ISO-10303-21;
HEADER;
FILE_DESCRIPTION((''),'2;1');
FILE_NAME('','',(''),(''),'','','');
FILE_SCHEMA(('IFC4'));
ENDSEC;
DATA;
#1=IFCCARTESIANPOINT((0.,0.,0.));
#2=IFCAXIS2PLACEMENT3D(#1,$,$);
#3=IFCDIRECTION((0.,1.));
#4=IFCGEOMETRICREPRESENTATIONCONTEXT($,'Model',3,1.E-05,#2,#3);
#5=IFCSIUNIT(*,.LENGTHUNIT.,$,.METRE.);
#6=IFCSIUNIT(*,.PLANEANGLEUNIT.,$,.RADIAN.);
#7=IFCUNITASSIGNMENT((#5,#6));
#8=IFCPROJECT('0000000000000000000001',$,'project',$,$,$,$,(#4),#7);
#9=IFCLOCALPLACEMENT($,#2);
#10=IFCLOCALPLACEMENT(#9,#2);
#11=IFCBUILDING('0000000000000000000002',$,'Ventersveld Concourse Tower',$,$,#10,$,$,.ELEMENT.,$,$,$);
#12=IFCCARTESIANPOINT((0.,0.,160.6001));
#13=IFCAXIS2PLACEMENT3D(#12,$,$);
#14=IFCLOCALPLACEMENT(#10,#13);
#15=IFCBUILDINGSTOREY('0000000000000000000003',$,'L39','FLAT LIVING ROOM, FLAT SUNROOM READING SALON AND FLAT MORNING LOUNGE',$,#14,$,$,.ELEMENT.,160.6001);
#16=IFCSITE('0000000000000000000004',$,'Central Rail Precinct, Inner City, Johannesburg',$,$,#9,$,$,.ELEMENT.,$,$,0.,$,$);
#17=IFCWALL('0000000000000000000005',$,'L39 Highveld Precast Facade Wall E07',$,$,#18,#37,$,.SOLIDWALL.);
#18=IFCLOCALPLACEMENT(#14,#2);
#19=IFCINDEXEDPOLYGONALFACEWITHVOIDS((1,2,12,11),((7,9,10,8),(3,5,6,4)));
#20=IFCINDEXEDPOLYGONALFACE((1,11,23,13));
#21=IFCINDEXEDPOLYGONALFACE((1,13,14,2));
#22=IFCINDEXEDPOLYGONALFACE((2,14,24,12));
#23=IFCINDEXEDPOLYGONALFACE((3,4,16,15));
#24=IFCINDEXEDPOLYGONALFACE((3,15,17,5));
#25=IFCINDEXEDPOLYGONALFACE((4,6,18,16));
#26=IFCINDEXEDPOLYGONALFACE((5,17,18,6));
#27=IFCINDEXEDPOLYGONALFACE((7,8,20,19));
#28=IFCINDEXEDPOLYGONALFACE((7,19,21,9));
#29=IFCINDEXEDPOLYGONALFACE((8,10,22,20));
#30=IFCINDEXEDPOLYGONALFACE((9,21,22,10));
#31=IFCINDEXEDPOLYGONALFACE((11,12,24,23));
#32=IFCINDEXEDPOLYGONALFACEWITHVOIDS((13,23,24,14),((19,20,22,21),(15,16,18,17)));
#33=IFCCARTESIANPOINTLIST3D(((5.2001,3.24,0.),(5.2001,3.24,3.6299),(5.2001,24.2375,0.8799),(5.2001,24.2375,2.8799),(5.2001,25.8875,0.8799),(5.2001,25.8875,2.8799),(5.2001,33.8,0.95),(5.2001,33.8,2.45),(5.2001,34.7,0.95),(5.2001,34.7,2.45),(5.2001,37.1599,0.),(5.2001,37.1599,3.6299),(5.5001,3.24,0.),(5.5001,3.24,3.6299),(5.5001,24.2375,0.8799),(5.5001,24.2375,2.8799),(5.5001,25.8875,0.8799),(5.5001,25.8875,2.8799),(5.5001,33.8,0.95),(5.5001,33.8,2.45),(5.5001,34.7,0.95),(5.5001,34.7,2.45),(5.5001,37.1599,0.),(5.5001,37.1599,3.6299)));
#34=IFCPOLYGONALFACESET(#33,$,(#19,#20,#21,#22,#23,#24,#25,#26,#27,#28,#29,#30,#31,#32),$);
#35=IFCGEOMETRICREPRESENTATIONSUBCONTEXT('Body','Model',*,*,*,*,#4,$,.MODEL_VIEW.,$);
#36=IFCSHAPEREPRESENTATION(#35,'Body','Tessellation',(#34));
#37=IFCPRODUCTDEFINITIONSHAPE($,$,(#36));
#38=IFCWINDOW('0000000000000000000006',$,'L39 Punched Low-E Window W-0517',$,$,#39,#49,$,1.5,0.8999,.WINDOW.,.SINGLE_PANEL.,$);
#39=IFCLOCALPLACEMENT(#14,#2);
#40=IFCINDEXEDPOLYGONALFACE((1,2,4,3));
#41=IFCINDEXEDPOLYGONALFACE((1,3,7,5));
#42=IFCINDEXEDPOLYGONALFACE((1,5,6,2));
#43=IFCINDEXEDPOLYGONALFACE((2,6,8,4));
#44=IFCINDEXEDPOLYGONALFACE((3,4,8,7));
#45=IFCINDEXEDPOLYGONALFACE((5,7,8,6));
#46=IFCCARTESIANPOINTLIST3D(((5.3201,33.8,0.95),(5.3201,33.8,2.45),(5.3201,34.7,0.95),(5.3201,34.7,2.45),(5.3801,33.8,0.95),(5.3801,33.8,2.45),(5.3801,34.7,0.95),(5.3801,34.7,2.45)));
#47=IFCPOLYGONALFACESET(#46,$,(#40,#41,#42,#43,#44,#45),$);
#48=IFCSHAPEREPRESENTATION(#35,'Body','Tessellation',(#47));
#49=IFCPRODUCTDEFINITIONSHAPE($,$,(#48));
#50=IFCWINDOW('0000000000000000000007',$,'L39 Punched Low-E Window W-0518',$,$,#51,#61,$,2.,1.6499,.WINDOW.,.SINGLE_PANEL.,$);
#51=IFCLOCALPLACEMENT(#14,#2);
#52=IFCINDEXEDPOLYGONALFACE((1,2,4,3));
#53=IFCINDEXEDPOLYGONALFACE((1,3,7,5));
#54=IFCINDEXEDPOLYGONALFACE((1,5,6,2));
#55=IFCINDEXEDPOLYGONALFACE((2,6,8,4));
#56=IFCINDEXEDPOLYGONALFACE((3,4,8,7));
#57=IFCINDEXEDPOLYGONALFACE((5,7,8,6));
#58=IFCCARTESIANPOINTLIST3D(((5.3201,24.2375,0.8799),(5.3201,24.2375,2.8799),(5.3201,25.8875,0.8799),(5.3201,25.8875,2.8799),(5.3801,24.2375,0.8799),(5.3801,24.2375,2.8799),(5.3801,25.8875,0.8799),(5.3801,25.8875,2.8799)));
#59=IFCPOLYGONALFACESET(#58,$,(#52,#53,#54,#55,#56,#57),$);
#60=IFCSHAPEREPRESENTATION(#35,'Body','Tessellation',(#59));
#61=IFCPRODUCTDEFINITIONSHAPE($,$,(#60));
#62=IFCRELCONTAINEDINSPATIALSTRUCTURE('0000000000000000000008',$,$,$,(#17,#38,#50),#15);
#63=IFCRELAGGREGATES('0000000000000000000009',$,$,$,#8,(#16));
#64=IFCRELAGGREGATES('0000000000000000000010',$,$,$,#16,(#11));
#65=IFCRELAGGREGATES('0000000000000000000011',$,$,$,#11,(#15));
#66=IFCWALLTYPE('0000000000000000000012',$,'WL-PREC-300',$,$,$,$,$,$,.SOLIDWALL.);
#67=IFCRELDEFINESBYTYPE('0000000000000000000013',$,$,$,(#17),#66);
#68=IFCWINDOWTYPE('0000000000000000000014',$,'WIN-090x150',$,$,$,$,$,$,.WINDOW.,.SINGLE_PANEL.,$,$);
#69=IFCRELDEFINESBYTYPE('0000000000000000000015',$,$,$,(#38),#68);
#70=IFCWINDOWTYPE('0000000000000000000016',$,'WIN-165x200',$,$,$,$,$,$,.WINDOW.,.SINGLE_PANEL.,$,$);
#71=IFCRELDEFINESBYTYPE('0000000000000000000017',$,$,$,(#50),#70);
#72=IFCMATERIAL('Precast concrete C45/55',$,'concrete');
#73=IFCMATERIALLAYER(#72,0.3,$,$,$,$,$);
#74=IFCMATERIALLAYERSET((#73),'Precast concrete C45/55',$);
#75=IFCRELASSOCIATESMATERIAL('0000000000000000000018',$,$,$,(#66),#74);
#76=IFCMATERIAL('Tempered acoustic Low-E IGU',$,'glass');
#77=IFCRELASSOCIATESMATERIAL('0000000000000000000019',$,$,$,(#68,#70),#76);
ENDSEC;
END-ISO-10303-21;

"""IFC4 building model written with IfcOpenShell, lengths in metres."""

from ifc_helpers import new_model, si_unit, direction, frame, frame_2d, origin, place, context, subcontext, project, spatial, rectangle, extrude, material, layer, layer_set, type_object, element, fill, save


model = new_model("IFC4")

# Units and contexts
model_context = context("Model", 3, precision=1e-05, world=origin(), true_north=direction((0.0, 1.0)))
body_context = subcontext(model_context, "Body", "Model", "MODEL_VIEW")
ifc_project = project(units=[si_unit("LENGTHUNIT", "METRE"), si_unit("PLANEANGLEUNIT", "RADIAN")], contexts=[model_context])

# Site, building, storey
site_placement = place(None, origin())
site = spatial("IfcSite", under=ifc_project, at=site_placement, Name="Central Rail Precinct, Inner City, Johannesburg", CompositionType="ELEMENT", RefElevation=0.0)
building_placement = place(site_placement, origin())
building = spatial("IfcBuilding", under=site, at=building_placement, Name="Ventersveld Concourse Tower", CompositionType="ELEMENT")
storey_placement = place(building_placement, frame((0.0, 0.0, 160.6001)))
storey = spatial("IfcBuildingStorey", under=building, at=storey_placement, Name="L39", Description="FLAT LIVING ROOM, FLAT SUNROOM READING SALON AND FLAT MORNING LOUNGE", CompositionType="ELEMENT", Elevation=160.6001)

# Shared definitions
ifc_material_1 = material(Name="Precast concrete C45/55", Category="concrete")
ifc_layer_1 = layer(ifc_material_1, 0.3)
ifc_layer_set_1 = layer_set([ifc_layer_1], Name="Precast concrete C45/55")
wall_type_1 = type_object("IfcWallType", Name="WL-PREC-300", PredefinedType="SOLIDWALL", material=ifc_layer_set_1)

# Wall, openings, windows
wall_1_placement = place(storey_placement, frame((5.3501, 37.1599, 0.0), z_axis=(0.0, 0.0, 1.0), x_axis=(0.0, -1.0, 0.0)))
wall_1 = element("IfcWall", 1, at=wall_1_placement, inside=storey, type_object=wall_type_1, Name="L39 Highveld Precast Facade Wall E07", PredefinedType="SOLIDWALL", context=body_context, shape_type="SweptSolid", body=[
    extrude(rectangle(XDim=33.9199, YDim=0.3, at=frame_2d((16.96, 0.0))), origin(), (0.0, 0.0, 1.0), 3.6299),
])
opening_1_placement = place(wall_1_placement, frame((2.46, 0.0, 0.95)))
opening_1 = element("IfcOpeningElement", 2, at=opening_1_placement, cuts=wall_1, PredefinedType="OPENING", context=body_context, shape_type="SweptSolid", body=[
    extrude(rectangle(XDim=0.8999, YDim=1.5, at=frame_2d((0.45, 0.75))), frame((0.0, 0.1602, 0.0), z_axis=(0.0, -1.0, 0.0), x_axis=(1.0, 0.0, 0.0)), (0.0, 0.0, 1.0), 0.3201),
])
opening_2_placement = place(wall_1_placement, frame((11.2725, 0.0, 0.8799)))
opening_2 = element("IfcOpeningElement", 3, at=opening_2_placement, cuts=wall_1, PredefinedType="OPENING", context=body_context, shape_type="SweptSolid", body=[
    extrude(rectangle(XDim=1.6499, YDim=2.0, at=frame_2d((0.825, 1.0))), frame((0.0, 0.1602, 0.0), z_axis=(0.0, -1.0, 0.0), x_axis=(1.0, 0.0, 0.0)), (0.0, 0.0, 1.0), 0.3201),
])
ifc_material_2 = material(Name="Tempered acoustic Low-E IGU", Category="glass")
window_type_1 = type_object("IfcWindowType", Name="WIN-090x150", PartitioningType="SINGLE_PANEL", PredefinedType="WINDOW", material=ifc_material_2)
window_1_placement = place(opening_1_placement, origin())
window_1 = element("IfcWindow", 4, at=window_1_placement, inside=storey, type_object=window_type_1, Name="L39 Punched Low-E Window W-0517", OverallHeight=1.5, OverallWidth=0.8999, PartitioningType="SINGLE_PANEL", PredefinedType="WINDOW", context=body_context, shape_type="SweptSolid", body=[
    extrude(rectangle(XDim=0.8999, YDim=1.5, at=frame_2d((0.45, 0.75))), frame((0.0, 0.03, 0.0), z_axis=(0.0, -1.0, 0.0), x_axis=(1.0, 0.0, 0.0)), (0.0, 0.0, 1.0), 0.0601),
])
fill(opening_1, window_1)
window_type_2 = type_object("IfcWindowType", Name="WIN-165x200", PartitioningType="SINGLE_PANEL", PredefinedType="WINDOW", material=ifc_material_2)
window_2_placement = place(opening_2_placement, origin())
window_2 = element("IfcWindow", 5, at=window_2_placement, inside=storey, type_object=window_type_2, Name="L39 Punched Low-E Window W-0518", OverallHeight=2.0, OverallWidth=1.6499, PartitioningType="SINGLE_PANEL", PredefinedType="WINDOW", context=body_context, shape_type="SweptSolid", body=[
    extrude(rectangle(XDim=1.6499, YDim=2.0, at=frame_2d((0.825, 1.0))), frame((0.0, 0.03, 0.0), z_axis=(0.0, -1.0, 0.0), x_axis=(1.0, 0.0, 0.0)), (0.0, 0.0, 1.0), 0.0601),
])
fill(opening_2, window_2)

save(model, "model.ifc")
